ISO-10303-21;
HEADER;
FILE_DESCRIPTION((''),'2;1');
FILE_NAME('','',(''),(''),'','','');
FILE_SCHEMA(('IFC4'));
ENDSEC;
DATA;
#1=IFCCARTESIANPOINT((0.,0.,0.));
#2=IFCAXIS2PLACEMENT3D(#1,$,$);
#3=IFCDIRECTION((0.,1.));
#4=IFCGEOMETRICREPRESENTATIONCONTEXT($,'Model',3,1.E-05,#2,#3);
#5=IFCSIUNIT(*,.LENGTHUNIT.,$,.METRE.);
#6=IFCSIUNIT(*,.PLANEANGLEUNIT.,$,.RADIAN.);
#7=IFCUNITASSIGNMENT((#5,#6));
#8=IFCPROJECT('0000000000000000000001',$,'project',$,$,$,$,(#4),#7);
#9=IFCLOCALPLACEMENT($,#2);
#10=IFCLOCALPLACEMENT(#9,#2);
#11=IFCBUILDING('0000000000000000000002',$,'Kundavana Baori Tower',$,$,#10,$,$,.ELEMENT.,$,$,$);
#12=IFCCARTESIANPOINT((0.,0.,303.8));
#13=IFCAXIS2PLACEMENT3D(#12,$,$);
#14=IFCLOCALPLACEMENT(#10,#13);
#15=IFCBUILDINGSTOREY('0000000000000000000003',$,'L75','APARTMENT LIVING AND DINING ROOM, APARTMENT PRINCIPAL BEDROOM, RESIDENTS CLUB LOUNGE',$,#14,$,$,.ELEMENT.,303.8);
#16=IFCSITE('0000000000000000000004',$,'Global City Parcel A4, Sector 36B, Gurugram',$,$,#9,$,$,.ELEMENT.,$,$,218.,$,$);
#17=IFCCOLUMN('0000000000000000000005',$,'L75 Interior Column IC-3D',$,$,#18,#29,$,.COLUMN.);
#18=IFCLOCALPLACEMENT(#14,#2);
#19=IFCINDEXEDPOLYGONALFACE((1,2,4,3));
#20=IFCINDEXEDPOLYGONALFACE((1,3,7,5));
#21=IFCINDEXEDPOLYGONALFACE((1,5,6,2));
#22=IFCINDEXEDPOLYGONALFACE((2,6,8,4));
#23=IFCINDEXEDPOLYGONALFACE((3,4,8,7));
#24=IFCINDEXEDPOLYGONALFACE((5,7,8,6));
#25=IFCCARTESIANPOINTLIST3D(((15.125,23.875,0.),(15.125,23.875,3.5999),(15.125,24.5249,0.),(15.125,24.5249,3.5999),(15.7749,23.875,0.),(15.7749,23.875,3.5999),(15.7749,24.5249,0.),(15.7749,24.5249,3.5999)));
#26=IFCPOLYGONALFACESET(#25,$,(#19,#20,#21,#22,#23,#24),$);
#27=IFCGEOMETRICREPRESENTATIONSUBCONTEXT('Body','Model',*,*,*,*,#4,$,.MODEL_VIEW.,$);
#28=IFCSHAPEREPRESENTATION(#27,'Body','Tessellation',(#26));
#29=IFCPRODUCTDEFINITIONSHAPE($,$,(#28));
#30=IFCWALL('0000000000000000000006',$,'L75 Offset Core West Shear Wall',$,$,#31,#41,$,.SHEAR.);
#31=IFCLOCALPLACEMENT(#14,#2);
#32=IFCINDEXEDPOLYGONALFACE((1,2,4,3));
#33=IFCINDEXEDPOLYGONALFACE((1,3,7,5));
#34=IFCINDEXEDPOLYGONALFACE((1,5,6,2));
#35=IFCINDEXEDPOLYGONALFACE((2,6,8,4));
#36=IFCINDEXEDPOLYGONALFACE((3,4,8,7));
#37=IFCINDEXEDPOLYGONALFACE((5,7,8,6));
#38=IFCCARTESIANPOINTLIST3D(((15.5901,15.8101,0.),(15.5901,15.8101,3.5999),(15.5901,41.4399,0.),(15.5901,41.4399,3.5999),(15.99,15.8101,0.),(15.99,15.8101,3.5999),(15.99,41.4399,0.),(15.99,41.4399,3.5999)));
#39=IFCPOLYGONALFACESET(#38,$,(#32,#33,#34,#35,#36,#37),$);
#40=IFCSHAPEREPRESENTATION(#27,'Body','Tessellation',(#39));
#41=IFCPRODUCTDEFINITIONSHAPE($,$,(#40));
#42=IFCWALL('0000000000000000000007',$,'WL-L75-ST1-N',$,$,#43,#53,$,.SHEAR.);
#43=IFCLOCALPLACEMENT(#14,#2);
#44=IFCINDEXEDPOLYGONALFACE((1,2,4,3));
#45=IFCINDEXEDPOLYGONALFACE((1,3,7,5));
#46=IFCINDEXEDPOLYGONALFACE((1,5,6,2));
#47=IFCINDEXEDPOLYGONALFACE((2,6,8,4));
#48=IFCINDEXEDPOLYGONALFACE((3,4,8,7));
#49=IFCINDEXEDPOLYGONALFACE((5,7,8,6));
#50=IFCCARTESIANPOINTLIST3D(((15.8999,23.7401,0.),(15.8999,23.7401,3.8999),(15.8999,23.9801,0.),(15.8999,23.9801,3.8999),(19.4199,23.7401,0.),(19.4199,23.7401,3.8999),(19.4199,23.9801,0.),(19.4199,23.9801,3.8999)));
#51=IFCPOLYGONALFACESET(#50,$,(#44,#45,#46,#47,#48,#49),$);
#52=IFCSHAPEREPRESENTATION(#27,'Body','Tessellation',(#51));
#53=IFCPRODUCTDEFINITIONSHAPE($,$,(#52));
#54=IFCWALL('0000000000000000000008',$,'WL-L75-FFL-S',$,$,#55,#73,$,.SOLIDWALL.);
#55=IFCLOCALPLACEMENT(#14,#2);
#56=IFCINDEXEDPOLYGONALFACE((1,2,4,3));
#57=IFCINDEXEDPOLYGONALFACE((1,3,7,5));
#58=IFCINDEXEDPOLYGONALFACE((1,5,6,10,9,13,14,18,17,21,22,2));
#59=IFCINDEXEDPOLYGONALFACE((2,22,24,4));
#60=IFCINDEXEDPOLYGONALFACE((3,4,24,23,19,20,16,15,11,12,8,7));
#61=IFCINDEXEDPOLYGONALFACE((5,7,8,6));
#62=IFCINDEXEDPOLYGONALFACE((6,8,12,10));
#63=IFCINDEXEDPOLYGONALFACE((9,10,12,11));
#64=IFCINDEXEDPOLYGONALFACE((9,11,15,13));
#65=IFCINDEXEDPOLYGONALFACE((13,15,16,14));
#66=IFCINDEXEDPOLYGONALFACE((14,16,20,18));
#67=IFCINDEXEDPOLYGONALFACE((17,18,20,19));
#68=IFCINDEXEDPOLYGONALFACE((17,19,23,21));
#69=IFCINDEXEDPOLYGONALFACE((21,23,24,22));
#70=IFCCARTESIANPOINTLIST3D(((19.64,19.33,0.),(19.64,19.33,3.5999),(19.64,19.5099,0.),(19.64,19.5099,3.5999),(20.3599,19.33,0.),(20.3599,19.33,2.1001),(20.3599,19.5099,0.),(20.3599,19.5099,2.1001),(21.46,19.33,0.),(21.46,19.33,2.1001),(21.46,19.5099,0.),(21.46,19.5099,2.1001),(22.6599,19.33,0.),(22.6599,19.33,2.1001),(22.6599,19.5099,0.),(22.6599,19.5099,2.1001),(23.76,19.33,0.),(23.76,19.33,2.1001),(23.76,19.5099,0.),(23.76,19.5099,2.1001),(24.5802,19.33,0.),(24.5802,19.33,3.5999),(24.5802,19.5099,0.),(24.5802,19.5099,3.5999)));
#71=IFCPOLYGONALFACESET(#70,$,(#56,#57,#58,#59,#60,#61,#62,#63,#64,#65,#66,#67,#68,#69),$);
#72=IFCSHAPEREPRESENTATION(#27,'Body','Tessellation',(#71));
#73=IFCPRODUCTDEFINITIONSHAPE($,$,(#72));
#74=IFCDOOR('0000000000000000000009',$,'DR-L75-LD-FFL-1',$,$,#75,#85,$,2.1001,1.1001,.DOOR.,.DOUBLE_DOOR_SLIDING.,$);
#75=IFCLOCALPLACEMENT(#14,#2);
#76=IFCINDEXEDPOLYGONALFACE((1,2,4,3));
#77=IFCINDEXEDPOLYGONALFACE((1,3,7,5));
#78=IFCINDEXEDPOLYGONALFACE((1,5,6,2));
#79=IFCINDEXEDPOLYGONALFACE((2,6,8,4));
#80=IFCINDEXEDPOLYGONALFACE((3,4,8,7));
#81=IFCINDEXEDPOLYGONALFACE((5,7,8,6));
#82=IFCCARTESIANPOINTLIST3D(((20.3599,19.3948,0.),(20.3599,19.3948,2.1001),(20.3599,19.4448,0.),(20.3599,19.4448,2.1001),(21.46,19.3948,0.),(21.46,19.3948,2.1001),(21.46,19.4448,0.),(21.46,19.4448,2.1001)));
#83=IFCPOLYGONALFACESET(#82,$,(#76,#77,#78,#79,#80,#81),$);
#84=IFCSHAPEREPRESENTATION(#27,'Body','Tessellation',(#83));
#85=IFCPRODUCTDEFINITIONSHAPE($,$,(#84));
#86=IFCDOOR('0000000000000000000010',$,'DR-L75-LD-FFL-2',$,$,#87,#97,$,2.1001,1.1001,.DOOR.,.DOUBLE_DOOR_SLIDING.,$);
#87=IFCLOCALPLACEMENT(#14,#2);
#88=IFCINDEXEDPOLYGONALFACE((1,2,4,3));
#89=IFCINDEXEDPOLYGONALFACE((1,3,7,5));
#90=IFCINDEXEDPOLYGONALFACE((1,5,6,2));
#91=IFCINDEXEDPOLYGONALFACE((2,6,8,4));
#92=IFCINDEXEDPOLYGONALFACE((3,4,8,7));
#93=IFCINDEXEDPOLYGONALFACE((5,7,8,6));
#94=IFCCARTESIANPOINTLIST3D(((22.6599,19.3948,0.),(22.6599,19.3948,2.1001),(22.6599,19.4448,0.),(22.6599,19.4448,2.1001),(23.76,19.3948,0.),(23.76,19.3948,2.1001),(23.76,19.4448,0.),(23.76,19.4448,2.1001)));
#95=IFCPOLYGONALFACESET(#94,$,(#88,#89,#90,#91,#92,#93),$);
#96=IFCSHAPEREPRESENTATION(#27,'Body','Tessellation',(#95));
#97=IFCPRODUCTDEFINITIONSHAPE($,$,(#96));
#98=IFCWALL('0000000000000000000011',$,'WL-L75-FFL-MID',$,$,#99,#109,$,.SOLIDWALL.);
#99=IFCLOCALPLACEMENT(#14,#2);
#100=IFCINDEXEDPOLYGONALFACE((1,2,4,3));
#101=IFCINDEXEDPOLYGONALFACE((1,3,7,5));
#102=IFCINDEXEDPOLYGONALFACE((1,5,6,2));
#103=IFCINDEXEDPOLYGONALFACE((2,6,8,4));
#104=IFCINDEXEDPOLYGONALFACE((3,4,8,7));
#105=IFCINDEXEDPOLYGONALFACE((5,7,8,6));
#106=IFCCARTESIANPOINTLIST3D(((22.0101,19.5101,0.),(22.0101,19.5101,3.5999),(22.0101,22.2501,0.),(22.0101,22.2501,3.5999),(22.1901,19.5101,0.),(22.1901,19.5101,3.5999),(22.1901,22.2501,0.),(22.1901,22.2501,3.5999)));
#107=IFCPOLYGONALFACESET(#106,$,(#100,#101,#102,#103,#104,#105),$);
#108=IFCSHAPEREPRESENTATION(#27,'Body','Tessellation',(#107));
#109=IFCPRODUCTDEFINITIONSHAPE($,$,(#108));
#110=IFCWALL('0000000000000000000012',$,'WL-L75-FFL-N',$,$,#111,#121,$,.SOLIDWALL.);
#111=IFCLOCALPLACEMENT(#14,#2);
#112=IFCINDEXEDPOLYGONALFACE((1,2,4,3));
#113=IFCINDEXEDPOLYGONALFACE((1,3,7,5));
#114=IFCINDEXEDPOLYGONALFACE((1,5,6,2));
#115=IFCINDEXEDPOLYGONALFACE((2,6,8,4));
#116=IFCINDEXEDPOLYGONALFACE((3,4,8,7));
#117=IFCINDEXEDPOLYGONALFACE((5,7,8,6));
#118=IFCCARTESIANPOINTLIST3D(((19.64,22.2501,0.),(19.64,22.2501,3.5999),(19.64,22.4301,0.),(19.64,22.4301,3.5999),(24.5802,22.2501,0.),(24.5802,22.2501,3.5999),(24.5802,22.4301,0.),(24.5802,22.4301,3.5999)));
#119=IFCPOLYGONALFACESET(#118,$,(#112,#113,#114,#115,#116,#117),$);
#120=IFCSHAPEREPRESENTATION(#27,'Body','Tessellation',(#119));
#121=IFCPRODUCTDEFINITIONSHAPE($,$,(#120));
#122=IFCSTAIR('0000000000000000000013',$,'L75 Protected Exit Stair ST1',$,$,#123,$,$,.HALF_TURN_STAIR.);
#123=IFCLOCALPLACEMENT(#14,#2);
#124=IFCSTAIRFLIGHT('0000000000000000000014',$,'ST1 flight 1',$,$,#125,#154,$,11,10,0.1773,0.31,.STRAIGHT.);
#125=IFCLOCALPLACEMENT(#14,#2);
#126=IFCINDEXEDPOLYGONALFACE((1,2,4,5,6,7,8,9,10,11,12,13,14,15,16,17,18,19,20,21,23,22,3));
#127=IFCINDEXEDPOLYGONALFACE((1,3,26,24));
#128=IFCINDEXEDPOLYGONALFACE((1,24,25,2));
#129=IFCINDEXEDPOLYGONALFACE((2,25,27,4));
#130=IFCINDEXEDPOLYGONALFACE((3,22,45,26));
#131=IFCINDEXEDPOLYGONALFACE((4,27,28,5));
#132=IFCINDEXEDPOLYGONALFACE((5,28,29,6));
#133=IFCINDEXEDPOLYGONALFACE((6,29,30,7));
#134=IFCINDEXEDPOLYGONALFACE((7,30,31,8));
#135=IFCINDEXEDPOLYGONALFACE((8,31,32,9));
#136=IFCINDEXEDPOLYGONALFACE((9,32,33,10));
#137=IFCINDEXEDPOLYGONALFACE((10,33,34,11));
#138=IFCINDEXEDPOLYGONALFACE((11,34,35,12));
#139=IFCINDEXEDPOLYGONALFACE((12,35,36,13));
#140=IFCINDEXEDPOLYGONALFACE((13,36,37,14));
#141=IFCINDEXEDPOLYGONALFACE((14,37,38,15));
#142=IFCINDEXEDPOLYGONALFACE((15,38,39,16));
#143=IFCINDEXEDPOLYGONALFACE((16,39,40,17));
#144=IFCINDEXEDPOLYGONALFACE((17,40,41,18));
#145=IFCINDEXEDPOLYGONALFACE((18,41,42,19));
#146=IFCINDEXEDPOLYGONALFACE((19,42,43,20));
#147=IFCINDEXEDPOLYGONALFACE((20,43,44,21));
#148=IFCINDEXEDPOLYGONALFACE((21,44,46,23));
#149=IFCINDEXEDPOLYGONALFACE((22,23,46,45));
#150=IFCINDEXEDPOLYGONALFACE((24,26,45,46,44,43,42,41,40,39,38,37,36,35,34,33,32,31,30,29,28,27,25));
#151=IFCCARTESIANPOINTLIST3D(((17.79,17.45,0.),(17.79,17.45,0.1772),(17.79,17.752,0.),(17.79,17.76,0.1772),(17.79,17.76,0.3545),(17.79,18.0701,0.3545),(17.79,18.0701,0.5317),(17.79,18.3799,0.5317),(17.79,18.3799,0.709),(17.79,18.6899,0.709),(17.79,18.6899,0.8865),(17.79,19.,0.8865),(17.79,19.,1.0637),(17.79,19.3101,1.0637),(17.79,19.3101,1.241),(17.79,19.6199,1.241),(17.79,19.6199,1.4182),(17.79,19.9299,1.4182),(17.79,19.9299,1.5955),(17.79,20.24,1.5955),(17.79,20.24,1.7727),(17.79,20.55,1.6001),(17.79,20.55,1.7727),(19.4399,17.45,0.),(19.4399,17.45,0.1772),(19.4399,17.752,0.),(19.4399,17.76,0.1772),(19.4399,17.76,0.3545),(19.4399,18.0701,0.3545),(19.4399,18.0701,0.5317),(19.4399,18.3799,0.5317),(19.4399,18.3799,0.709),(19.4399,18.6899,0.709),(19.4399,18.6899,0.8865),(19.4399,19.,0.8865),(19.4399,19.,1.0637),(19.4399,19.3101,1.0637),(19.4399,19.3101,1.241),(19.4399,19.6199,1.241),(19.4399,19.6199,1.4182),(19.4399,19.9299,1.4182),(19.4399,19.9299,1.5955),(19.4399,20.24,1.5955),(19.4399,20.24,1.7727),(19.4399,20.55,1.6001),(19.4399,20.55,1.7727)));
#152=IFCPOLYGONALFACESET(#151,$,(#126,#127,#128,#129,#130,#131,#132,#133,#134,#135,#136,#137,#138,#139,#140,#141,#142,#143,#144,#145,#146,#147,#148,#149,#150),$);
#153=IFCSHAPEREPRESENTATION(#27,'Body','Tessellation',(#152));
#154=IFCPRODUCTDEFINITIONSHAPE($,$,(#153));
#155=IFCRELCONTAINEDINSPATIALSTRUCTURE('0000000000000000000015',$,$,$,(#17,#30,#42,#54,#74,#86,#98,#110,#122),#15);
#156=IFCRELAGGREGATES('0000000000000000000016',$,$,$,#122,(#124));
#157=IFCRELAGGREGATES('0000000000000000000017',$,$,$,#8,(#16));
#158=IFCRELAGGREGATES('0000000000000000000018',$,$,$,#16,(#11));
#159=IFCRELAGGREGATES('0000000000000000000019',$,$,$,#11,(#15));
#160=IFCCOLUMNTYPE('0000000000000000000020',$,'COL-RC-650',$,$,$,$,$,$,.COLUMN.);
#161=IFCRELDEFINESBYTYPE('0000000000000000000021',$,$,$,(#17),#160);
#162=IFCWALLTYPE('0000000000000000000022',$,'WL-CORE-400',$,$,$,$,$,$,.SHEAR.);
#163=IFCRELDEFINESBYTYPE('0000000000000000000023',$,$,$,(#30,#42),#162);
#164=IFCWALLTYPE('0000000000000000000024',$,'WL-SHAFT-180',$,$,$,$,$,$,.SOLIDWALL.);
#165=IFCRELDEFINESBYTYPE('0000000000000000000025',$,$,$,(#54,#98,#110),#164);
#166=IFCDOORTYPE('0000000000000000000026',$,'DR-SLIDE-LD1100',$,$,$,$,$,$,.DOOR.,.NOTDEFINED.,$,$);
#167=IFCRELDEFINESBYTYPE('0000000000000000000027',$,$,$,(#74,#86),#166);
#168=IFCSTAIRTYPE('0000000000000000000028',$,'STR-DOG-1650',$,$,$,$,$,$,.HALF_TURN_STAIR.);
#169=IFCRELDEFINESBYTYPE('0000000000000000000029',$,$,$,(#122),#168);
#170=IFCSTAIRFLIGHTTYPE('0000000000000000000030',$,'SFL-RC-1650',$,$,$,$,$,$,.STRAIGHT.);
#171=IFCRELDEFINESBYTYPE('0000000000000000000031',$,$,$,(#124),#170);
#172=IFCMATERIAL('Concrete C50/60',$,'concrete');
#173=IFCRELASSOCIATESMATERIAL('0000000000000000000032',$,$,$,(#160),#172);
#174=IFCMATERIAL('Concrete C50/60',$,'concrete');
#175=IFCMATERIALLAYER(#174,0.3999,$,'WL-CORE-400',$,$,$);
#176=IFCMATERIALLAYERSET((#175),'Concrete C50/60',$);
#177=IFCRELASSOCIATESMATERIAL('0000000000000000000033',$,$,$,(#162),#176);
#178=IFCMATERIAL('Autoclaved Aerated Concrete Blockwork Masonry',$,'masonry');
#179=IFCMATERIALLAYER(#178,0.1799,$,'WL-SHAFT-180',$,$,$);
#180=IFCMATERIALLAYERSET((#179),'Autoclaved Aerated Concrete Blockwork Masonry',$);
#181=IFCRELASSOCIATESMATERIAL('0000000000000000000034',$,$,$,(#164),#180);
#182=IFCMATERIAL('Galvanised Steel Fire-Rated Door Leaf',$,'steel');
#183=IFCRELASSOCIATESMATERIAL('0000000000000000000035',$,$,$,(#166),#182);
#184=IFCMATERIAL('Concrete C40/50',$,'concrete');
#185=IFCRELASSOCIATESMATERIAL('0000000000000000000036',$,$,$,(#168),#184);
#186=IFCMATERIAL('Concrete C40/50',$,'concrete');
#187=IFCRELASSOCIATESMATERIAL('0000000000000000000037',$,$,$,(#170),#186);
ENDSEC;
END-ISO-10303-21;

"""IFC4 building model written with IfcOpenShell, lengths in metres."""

from ifc_helpers import new_model, si_unit, direction, frame, frame_2d, origin, origin_2d, place, context, subcontext, project, spatial, polyline, rectangle, outline, extrude, material, layer, layer_set, material_profile, profile_set, type_object, element, fill, aggregate, save


model = new_model("IFC4")

# Units and contexts
model_context = context("Model", 3, precision=1e-05, world=origin(), true_north=direction((0.0, 1.0)))
body_context = subcontext(model_context, "Body", "Model", "MODEL_VIEW")
ifc_project = project(units=[si_unit("LENGTHUNIT", "METRE"), si_unit("PLANEANGLEUNIT", "RADIAN")], contexts=[model_context])

# Site, building, storey
site_placement = place(None, origin())
site = spatial("IfcSite", under=ifc_project, at=site_placement, Name="Global City Parcel A4, Sector 36B, Gurugram", CompositionType="ELEMENT", RefElevation=218.0)
building_placement = place(site_placement, origin())
building = spatial("IfcBuilding", under=site, at=building_placement, Name="Kundavana Baori Tower", CompositionType="ELEMENT")
storey_placement = place(building_placement, frame((0.0, 0.0, 303.8)))
storey = spatial("IfcBuildingStorey", under=building, at=storey_placement, Name="L75", Description="APARTMENT LIVING AND DINING ROOM, APARTMENT PRINCIPAL BEDROOM, RESIDENTS CLUB LOUNGE", CompositionType="ELEMENT", Elevation=303.8)

# Column
ifc_material_1 = material(Name="Concrete C50/60", Category="concrete")
ifc_material_profile = material_profile(ifc_material_1, rectangle(XDim=0.6499, YDim=0.6499, at=origin_2d()), Name="RC 650x650")
ifc_profile_set = profile_set([ifc_material_profile], Name="Concrete C50/60")
column_type = type_object("IfcColumnType", Name="COL-RC-650", PredefinedType="COLUMN", material=ifc_profile_set)
column_placement = place(storey_placement, frame((15.45, 24.2, 0.0), z_axis=(0.0, 0.0, 1.0), x_axis=(1.0, 0.0, 0.0)))
element("IfcColumn", 1, at=column_placement, inside=storey, type_object=column_type, Name="L75 Interior Column IC-3D", PredefinedType="COLUMN", context=body_context, shape_type="SweptSolid", body=[
    extrude(rectangle(XDim=0.6499, YDim=0.6499, at=origin_2d()), origin(), (0.0, 0.0, 1.0), 3.5999),
])

# Walls
ifc_material_2 = material(Name="Concrete C50/60", Category="concrete")
ifc_layer_1 = layer(ifc_material_2, 0.3999, Name="WL-CORE-400")
ifc_layer_set_1 = layer_set([ifc_layer_1], Name="Concrete C50/60")
wall_type_1 = type_object("IfcWallType", Name="WL-CORE-400", PredefinedType="SHEAR", material=ifc_layer_set_1)
wall_1_placement = place(storey_placement, frame((15.79, 15.8101, 0.0), z_axis=(0.0, 0.0, 1.0), x_axis=(0.0, 1.0, 0.0)))
element("IfcWall", 2, at=wall_1_placement, inside=storey, type_object=wall_type_1, Name="L75 Offset Core West Shear Wall", PredefinedType="SHEAR", context=body_context, shape_type="SweptSolid", body=[
    extrude(rectangle(XDim=25.6299, YDim=0.3999, at=frame_2d((12.8149, 0.0))), origin(), (0.0, 0.0, 1.0), 3.5999),
])
wall_2_placement = place(storey_placement, frame((15.8999, 23.8601, 0.0), z_axis=(0.0, 0.0, 1.0), x_axis=(1.0, 0.0, 0.0)))
element("IfcWall", 3, at=wall_2_placement, inside=storey, type_object=wall_type_1, Name="WL-L75-ST1-N", PredefinedType="SHEAR", context=body_context, shape_type="SweptSolid", body=[
    extrude(rectangle(XDim=3.52, YDim=0.24, at=frame_2d((1.76, 0.0))), origin(), (0.0, 0.0, 1.0), 3.8999),
])

# Wall, openings, doors
ifc_material_3 = material(Name="Autoclaved Aerated Concrete Blockwork Masonry", Category="masonry")
ifc_layer_2 = layer(ifc_material_3, 0.1799, Name="WL-SHAFT-180")
ifc_layer_set_2 = layer_set([ifc_layer_2], Name="Autoclaved Aerated Concrete Blockwork Masonry")
wall_type_2 = type_object("IfcWallType", Name="WL-SHAFT-180", PredefinedType="SOLIDWALL", material=ifc_layer_set_2)
wall_3_placement = place(storey_placement, frame((19.6399, 19.4199, 0.0), z_axis=(0.0, 0.0, 1.0), x_axis=(1.0, 0.0, 0.0)))
wall_3 = element("IfcWall", 4, at=wall_3_placement, inside=storey, type_object=wall_type_2, Name="WL-L75-FFL-S", PredefinedType="SOLIDWALL", context=body_context, shape_type="SweptSolid", body=[
    extrude(rectangle(XDim=4.9402, YDim=0.1799, at=frame_2d((2.4702, 0.0))), origin(), (0.0, 0.0, 1.0), 3.5999),
])
opening_1_placement = place(wall_3_placement, frame((0.72, 0.0, 0.0)))
opening_1 = element("IfcOpeningElement", 5, at=opening_1_placement, cuts=wall_3, PredefinedType="OPENING", context=body_context, shape_type="SweptSolid", body=[
    extrude(rectangle(XDim=1.1001, YDim=2.1001, at=frame_2d((0.55, 1.05))), frame((0.0, 0.1001, 0.0), z_axis=(0.0, -1.0, 0.0), x_axis=(1.0, 0.0, 0.0)), (0.0, 0.0, 1.0), 0.2),
])
opening_2_placement = place(wall_3_placement, frame((3.02, 0.0, 0.0)))
opening_2 = element("IfcOpeningElement", 6, at=opening_2_placement, cuts=wall_3, PredefinedType="OPENING", context=body_context, shape_type="SweptSolid", body=[
    extrude(rectangle(XDim=1.1001, YDim=2.1001, at=frame_2d((0.55, 1.05))), frame((0.0, 0.1001, 0.0), z_axis=(0.0, -1.0, 0.0), x_axis=(1.0, 0.0, 0.0)), (0.0, 0.0, 1.0), 0.2),
])
ifc_material_4 = material(Name="Galvanised Steel Fire-Rated Door Leaf", Category="steel")
door_type = type_object("IfcDoorType", Name="DR-SLIDE-LD1100", OperationType="NOTDEFINED", PredefinedType="DOOR", material=ifc_material_4)
door_1_placement = place(opening_1_placement, origin())
door_1 = element("IfcDoor", 7, at=door_1_placement, inside=storey, type_object=door_type, Name="DR-L75-LD-FFL-1", OperationType="DOUBLE_DOOR_SLIDING", OverallHeight=2.1001, OverallWidth=1.1001, PredefinedType="DOOR", context=body_context, shape_type="SweptSolid", body=[
    extrude(rectangle(XDim=1.1001, YDim=2.1001, at=frame_2d((0.55, 1.05))), frame((0.0, 0.0249, 0.0), z_axis=(0.0, -1.0, 0.0), x_axis=(1.0, 0.0, 0.0)), (0.0, 0.0, 1.0), 0.05),
])
fill(opening_1, door_1)
door_2_placement = place(opening_2_placement, origin())
door_2 = element("IfcDoor", 8, at=door_2_placement, inside=storey, type_object=door_type, Name="DR-L75-LD-FFL-2", OperationType="DOUBLE_DOOR_SLIDING", OverallHeight=2.1001, OverallWidth=1.1001, PredefinedType="DOOR", context=body_context, shape_type="SweptSolid", body=[
    extrude(rectangle(XDim=1.1001, YDim=2.1001, at=frame_2d((0.55, 1.05))), frame((0.0, 0.0249, 0.0), z_axis=(0.0, -1.0, 0.0), x_axis=(1.0, 0.0, 0.0)), (0.0, 0.0, 1.0), 0.05),
])
fill(opening_2, door_2)

# Walls
wall_4_placement = place(storey_placement, frame((22.1001, 19.51, 0.0), z_axis=(0.0, 0.0, 1.0), x_axis=(0.0, 1.0, 0.0)))
element("IfcWall", 9, at=wall_4_placement, inside=storey, type_object=wall_type_2, Name="WL-L75-FFL-MID", PredefinedType="SOLIDWALL", context=body_context, shape_type="SweptSolid", body=[
    extrude(rectangle(XDim=2.74, YDim=0.1799, at=frame_2d((1.3701, 0.0))), origin(), (0.0, 0.0, 1.0), 3.5999),
])
wall_5_placement = place(storey_placement, frame((19.6399, 22.3401, 0.0), z_axis=(0.0, 0.0, 1.0), x_axis=(1.0, 0.0, 0.0)))
element("IfcWall", 10, at=wall_5_placement, inside=storey, type_object=wall_type_2, Name="WL-L75-FFL-N", PredefinedType="SOLIDWALL", context=body_context, shape_type="SweptSolid", body=[
    extrude(rectangle(XDim=4.9402, YDim=0.1799, at=frame_2d((2.4702, 0.0))), origin(), (0.0, 0.0, 1.0), 3.5999),
])

# Stair, stair flight
ifc_material_5 = material(Name="Concrete C40/50", Category="concrete")
stair_type = type_object("IfcStairType", Name="STR-DOG-1650", PredefinedType="HALF_TURN_STAIR", material=ifc_material_5)
stair_placement = place(storey_placement, origin())
stair = element("IfcStair", 11, at=stair_placement, inside=storey, type_object=stair_type, Name="L75 Protected Exit Stair ST1", PredefinedType="HALF_TURN_STAIR")
ifc_material_6 = material(Name="Concrete C40/50", Category="concrete")
stair_flight_type = type_object("IfcStairFlightType", Name="SFL-RC-1650", PredefinedType="STRAIGHT", material=ifc_material_6)
stair_flight_1_placement = place(storey_placement, frame((18.615, 17.45, 0.0), z_axis=(0.0, 0.0, 1.0), x_axis=(0.0, 1.0, 0.0)))
stair_flight_1 = element("IfcStairFlight", 12, at=stair_flight_1_placement, type_object=stair_flight_type, Name="ST1 flight 1", NumberOfRisers=11, NumberOfTreads=10, PredefinedType="STRAIGHT", RiserHeight=0.1773, TreadLength=0.31, context=body_context, shape_type="SweptSolid", body=[
    extrude(outline(polyline([(0.0, 0.0), (0.0, 0.1772), (0.3101, 0.1772), (0.3101, 0.3545), (0.6201, 0.3545), (0.6201, 0.5317), (0.9299, 0.5317), (0.9299, 0.709), (1.24, 0.709), (1.24, 0.8865), (1.55, 0.8865), (1.55, 1.0637), (1.8601, 1.0637), (1.8601, 1.241), (2.1699, 1.241), (2.1699, 1.4182), (2.48, 1.4182), (2.48, 1.5955), (2.79, 1.5955), (2.79, 1.7727), (3.1001, 1.7727), (3.1001, 1.95), (3.1001, 1.6001), (0.302, 0.0), (0.0, 0.0)])), frame((0.0, 0.825, 0.0), z_axis=(0.0, -1.0, 0.0), x_axis=(1.0, 0.0, 0.0)), (0.0, 0.0, 1.0), 1.6499),
])
aggregate(stair, [stair_flight_1])

save(model, "model.ifc")
